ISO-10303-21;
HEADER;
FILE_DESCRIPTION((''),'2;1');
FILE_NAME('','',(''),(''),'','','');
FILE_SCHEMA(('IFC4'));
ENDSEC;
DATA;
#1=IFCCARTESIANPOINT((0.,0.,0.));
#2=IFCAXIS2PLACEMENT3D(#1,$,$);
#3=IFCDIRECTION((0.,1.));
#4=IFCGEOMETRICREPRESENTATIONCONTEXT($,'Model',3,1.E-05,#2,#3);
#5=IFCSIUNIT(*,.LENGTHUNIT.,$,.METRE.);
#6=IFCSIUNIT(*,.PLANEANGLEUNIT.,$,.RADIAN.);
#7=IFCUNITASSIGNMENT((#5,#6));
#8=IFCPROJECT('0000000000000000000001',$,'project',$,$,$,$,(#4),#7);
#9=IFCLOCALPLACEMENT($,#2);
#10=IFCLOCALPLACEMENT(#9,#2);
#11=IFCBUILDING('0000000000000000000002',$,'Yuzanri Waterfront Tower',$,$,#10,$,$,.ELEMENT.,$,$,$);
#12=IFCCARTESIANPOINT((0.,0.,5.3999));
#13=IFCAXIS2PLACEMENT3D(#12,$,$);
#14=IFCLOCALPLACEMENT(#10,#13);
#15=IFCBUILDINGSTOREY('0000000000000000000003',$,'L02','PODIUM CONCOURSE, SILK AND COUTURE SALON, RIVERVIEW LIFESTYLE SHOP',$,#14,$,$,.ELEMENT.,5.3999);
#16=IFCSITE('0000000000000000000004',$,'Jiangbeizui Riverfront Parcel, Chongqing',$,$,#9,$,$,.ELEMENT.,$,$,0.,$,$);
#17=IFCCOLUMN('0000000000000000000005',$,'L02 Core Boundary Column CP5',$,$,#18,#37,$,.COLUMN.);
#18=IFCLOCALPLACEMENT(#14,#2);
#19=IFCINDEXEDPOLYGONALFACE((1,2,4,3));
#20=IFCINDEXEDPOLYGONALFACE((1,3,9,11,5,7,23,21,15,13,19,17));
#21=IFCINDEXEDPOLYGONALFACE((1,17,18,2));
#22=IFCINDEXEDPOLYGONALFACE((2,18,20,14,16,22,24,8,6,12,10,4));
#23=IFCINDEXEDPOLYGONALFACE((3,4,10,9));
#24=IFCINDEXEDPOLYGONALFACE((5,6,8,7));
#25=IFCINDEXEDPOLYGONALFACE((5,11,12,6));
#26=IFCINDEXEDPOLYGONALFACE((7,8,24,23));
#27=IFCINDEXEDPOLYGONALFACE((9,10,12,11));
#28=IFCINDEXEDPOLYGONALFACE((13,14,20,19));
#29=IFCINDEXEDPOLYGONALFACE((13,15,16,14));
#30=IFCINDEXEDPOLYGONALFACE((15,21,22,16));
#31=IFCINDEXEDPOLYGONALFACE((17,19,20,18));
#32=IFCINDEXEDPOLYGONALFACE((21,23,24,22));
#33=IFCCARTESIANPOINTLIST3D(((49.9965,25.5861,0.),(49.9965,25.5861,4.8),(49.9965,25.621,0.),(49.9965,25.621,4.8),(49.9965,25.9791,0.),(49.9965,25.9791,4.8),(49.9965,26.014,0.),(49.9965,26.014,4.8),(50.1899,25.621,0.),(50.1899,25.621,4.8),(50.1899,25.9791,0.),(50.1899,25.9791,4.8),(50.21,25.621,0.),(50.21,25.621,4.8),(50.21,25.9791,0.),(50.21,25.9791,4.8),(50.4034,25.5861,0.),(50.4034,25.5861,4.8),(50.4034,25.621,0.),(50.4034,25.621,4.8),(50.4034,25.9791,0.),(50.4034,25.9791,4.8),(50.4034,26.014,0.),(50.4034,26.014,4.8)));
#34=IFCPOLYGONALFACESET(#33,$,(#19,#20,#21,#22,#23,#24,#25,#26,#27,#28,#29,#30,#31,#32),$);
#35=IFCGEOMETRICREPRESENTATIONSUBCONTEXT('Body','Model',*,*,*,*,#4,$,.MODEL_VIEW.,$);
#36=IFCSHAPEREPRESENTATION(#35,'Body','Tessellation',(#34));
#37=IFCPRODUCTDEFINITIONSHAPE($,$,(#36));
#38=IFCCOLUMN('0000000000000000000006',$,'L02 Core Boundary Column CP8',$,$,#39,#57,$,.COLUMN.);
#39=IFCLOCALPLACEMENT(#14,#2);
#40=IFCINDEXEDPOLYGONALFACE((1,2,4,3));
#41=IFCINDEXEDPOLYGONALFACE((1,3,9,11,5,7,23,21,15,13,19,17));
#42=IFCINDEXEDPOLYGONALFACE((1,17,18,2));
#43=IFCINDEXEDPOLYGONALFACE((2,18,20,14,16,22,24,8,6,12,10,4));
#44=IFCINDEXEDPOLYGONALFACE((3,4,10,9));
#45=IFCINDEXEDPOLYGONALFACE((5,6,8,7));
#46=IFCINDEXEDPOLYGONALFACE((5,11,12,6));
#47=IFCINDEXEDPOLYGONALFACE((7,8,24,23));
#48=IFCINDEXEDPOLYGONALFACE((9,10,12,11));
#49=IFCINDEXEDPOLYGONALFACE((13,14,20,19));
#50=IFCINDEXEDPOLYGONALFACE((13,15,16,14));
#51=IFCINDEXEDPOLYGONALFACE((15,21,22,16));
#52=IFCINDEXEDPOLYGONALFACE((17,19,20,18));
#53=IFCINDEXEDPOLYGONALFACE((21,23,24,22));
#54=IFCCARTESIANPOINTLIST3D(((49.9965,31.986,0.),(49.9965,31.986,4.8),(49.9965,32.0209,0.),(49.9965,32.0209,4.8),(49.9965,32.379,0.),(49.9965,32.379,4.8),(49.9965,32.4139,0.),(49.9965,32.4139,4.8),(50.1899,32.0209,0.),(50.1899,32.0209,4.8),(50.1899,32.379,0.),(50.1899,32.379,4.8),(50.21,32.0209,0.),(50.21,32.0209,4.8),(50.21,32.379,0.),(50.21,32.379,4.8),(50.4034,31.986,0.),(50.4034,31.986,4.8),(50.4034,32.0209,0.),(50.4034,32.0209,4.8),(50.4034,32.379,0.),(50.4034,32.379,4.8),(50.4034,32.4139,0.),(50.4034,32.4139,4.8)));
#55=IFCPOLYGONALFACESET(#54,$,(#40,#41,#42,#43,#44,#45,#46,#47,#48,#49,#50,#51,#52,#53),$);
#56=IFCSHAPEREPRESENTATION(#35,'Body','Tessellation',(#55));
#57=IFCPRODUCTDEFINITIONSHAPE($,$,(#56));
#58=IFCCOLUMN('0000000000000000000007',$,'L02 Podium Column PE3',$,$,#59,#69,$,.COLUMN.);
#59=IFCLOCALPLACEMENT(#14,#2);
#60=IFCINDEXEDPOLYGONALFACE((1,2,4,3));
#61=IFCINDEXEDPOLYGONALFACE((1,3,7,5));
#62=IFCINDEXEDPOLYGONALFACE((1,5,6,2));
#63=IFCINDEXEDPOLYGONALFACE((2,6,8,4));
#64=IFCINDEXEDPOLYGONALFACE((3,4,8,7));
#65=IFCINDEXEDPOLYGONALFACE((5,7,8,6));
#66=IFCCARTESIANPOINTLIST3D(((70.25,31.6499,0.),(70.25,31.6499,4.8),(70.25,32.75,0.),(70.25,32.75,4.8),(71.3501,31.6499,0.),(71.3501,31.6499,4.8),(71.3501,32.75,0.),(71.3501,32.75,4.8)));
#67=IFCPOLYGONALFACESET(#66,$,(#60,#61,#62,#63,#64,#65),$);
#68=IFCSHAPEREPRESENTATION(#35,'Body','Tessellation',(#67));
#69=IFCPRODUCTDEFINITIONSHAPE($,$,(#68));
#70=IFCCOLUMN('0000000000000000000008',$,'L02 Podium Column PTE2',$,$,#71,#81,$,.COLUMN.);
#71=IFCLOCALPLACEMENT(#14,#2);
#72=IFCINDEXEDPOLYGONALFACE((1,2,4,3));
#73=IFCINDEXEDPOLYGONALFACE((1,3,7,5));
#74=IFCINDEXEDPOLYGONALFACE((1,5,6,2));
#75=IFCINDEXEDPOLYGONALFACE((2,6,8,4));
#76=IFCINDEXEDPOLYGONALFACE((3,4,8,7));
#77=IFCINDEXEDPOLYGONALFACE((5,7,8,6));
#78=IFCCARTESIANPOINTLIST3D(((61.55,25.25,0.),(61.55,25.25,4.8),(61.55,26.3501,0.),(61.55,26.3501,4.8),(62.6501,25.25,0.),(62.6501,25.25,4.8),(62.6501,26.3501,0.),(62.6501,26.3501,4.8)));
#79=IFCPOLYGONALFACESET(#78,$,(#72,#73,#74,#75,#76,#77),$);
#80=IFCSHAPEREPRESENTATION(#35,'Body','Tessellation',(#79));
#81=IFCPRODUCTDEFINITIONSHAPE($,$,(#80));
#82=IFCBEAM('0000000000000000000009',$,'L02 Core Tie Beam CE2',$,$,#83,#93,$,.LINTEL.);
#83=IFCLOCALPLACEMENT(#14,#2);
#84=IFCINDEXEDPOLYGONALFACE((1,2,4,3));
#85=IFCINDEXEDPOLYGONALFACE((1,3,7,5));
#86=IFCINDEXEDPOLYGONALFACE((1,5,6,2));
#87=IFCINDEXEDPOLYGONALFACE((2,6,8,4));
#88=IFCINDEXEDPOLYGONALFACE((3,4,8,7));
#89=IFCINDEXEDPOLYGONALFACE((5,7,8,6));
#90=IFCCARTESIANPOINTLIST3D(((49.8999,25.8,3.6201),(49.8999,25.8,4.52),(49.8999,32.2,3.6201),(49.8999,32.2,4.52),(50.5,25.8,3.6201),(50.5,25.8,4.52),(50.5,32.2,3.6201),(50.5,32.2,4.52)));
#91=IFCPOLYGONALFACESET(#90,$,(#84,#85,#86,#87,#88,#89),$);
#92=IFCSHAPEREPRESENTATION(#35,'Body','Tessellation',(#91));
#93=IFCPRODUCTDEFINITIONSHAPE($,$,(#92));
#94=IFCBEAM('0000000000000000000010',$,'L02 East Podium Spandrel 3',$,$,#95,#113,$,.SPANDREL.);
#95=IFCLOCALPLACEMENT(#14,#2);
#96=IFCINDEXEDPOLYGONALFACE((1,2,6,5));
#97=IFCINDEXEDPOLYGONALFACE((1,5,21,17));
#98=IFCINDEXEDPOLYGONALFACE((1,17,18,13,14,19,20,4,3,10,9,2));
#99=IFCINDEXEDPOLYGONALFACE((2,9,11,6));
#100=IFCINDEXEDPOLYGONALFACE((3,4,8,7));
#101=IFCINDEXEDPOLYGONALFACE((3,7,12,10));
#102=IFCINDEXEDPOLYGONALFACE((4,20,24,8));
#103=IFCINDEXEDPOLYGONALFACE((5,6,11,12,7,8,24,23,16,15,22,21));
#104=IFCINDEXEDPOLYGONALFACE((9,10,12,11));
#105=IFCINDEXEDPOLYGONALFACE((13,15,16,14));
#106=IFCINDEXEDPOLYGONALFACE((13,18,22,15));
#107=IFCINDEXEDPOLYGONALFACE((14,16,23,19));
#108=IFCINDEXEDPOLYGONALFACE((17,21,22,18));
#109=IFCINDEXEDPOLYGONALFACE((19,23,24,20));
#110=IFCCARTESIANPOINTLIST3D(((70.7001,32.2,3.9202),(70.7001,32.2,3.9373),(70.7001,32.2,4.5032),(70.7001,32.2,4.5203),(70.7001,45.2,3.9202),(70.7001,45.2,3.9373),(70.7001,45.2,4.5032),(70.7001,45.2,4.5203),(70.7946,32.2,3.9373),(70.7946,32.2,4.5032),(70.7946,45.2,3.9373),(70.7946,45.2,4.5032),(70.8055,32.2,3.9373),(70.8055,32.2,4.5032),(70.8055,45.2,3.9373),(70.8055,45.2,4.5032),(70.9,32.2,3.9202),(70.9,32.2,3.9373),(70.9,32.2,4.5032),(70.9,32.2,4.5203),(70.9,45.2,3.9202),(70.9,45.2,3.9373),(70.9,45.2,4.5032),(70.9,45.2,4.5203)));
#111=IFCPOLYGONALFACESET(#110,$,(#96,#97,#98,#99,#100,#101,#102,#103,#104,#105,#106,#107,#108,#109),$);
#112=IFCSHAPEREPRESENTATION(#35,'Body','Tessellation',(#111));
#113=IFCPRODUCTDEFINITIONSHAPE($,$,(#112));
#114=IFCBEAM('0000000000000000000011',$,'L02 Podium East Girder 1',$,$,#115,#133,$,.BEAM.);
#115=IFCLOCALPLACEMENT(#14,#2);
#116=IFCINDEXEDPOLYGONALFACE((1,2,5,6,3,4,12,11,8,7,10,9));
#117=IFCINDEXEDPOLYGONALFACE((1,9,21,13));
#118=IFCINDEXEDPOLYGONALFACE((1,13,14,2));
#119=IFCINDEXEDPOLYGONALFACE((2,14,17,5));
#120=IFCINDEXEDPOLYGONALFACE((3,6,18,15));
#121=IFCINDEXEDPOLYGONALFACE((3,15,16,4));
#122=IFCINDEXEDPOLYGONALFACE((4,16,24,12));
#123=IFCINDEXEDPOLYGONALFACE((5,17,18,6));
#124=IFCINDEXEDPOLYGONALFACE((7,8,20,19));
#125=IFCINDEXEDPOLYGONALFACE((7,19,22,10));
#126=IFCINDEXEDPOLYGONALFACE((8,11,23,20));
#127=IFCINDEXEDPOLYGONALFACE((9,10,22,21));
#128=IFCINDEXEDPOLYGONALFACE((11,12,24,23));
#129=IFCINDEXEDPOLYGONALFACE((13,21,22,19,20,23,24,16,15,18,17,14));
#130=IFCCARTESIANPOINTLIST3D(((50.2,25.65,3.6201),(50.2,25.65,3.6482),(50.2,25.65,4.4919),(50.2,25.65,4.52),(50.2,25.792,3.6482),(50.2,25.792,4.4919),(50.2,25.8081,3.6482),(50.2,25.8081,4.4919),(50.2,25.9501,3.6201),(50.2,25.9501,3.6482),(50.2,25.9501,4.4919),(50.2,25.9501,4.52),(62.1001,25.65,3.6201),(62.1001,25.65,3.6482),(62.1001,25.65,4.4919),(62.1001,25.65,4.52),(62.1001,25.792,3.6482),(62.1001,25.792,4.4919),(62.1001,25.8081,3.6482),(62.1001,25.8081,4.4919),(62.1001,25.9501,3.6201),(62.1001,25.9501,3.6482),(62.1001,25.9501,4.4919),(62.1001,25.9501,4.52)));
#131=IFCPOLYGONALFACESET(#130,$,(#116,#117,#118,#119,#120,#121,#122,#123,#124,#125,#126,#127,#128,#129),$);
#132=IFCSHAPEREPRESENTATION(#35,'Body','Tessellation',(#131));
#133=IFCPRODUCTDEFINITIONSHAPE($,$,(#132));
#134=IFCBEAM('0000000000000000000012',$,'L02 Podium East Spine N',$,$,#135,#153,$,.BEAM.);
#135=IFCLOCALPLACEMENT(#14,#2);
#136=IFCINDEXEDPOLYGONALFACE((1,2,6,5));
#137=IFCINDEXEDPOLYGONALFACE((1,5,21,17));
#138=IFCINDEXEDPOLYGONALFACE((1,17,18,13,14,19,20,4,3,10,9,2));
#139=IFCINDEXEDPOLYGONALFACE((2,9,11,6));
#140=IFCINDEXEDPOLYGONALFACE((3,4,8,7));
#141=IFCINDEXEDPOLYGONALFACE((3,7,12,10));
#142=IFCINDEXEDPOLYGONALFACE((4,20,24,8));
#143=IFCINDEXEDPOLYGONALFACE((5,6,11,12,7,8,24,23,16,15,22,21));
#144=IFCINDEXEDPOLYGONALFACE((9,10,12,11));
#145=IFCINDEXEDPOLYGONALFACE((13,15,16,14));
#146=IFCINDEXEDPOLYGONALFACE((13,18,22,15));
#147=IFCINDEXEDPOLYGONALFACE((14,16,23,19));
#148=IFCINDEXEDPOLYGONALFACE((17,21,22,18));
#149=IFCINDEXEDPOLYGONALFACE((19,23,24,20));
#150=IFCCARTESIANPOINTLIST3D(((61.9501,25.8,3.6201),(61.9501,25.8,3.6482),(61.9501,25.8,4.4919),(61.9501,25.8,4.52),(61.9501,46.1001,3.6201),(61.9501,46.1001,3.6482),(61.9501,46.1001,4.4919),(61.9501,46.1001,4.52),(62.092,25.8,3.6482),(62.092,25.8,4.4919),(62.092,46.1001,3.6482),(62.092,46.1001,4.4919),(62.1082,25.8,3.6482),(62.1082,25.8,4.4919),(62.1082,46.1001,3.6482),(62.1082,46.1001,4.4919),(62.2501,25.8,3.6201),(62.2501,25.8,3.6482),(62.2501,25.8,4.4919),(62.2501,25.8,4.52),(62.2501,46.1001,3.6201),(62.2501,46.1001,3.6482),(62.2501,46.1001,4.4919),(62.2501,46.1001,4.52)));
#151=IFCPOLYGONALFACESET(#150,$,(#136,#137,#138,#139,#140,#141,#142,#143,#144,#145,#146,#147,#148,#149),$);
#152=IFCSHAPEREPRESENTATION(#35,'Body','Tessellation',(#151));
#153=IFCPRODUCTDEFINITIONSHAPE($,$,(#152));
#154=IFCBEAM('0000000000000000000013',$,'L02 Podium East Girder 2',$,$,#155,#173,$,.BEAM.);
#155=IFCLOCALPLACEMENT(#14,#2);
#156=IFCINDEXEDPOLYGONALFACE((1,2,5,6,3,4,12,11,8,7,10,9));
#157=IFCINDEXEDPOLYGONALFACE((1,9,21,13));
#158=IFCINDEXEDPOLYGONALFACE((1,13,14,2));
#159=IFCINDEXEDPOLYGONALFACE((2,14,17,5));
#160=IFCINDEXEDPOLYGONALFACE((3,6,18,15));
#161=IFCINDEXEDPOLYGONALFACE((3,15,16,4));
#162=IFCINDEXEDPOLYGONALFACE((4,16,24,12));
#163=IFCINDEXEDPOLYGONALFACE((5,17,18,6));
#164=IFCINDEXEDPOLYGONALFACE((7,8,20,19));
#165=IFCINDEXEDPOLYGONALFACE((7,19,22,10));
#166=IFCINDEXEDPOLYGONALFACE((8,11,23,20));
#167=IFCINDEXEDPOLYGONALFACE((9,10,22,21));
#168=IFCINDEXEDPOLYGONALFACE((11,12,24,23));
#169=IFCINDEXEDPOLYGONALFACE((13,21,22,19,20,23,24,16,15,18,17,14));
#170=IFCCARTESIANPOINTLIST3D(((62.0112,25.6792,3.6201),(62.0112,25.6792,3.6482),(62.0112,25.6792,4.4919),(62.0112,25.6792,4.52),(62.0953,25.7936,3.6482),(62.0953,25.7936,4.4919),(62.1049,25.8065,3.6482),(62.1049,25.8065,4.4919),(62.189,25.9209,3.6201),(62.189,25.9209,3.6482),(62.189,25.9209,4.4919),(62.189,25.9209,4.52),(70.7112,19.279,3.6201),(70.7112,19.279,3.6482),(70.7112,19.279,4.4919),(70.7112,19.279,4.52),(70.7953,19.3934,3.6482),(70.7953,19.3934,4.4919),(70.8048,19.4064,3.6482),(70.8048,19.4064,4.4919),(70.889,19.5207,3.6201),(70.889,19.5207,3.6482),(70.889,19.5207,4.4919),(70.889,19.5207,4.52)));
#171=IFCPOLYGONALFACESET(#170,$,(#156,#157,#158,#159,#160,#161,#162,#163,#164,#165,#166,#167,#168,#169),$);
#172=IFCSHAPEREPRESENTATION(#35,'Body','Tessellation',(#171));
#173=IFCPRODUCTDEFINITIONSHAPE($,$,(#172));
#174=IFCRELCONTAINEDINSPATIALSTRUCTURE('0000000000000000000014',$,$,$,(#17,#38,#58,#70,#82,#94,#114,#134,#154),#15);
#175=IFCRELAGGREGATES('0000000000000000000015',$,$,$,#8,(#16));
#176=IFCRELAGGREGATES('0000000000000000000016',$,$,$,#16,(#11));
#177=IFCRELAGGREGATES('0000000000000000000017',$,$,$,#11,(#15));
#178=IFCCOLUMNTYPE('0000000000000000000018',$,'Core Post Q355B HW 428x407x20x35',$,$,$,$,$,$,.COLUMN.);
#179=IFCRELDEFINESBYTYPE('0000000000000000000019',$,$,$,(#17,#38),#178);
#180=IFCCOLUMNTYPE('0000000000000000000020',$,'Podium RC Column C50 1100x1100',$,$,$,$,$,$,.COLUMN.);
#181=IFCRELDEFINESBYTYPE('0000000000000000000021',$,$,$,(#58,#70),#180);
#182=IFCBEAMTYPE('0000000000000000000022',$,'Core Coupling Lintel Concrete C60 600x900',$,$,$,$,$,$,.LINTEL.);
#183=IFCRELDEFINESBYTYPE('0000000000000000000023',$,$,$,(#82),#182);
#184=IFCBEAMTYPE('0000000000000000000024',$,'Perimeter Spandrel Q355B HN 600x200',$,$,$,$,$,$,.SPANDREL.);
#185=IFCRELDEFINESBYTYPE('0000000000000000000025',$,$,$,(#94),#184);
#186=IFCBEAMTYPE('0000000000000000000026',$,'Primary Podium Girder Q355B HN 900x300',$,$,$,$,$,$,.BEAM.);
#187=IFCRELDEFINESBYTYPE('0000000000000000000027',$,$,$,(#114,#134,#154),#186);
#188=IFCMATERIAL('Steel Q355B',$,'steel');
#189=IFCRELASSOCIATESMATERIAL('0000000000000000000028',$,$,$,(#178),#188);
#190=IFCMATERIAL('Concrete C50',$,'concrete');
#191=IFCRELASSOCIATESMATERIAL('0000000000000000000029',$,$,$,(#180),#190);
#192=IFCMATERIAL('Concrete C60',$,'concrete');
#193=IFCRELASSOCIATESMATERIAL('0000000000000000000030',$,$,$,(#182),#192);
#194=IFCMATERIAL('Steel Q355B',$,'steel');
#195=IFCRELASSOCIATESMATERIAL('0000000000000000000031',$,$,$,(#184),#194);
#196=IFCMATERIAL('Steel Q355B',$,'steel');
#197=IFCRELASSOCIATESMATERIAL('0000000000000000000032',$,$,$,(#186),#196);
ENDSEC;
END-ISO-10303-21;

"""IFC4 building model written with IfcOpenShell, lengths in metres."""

from ifc_helpers import new_model, si_unit, direction, frame, origin, origin_2d, place, context, subcontext, project, spatial, rectangle, i_section, extrude, source, transform, mapped, material, material_profile, profile_set, type_object, element, save


model = new_model("IFC4")

# Units and contexts
model_context = context("Model", 3, precision=1e-05, world=origin(), true_north=direction((0.0, 1.0)))
body_context = subcontext(model_context, "Body", "Model", "MODEL_VIEW")
ifc_project = project(units=[si_unit("LENGTHUNIT", "METRE"), si_unit("PLANEANGLEUNIT", "RADIAN")], contexts=[model_context])

# Site, building, storey
site_placement = place(None, origin())
site = spatial("IfcSite", under=ifc_project, at=site_placement, Name="Jiangbeizui Riverfront Parcel, Chongqing", CompositionType="ELEMENT", RefElevation=0.0)
building_placement = place(site_placement, origin())
building = spatial("IfcBuilding", under=site, at=building_placement, Name="Yuzanri Waterfront Tower", CompositionType="ELEMENT")
storey_placement = place(building_placement, frame((0.0, 0.0, 5.3999)))
storey = spatial("IfcBuildingStorey", under=building, at=storey_placement, Name="L02", Description="PODIUM CONCOURSE, SILK AND COUTURE SALON, RIVERVIEW LIFESTYLE SHOP", CompositionType="ELEMENT", Elevation=5.3999)

# Columns
ifc_material_1 = material(Name="Steel Q355B", Category="steel")
ifc_material_profile_1 = material_profile(ifc_material_1, i_section(OverallWidth=0.407, OverallDepth=0.428, WebThickness=0.02, FlangeThickness=0.0349, at=origin_2d()), Name="HW 428x407x20x35")
ifc_profile_set_1 = profile_set([ifc_material_profile_1], Name="Steel Q355B")
column_type_1 = type_object("IfcColumnType", Name="Core Post Q355B HW 428x407x20x35", PredefinedType="COLUMN", material=ifc_profile_set_1)
shared_shape_1 = source(origin(), body_context, "Body", "SweptSolid", [
    extrude(i_section(OverallWidth=0.407, OverallDepth=0.428, WebThickness=0.02, FlangeThickness=0.0349, at=origin_2d()), origin(), (0.0, 0.0, 1.0), 4.8),
])
for number, where, z_axis, x_axis, name in (
    (1, (50.2, 25.8, 0.0), (0.0, 0.0, 1.0), (1.0, 0.0, 0.0), "L02 Core Boundary Column CP5"),
    (2, (50.2, 32.2, 0.0), (0.0, 0.0, 1.0), (1.0, 0.0, 0.0), "L02 Core Boundary Column CP8"),
):
    element("IfcColumn", number, at=place(storey_placement, frame(where, z_axis=z_axis, x_axis=x_axis)), inside=storey, type_object=column_type_1, Name=name, PredefinedType="COLUMN", context=body_context, shape_type="MappedRepresentation", body=[
        mapped(shared_shape_1, transform((0.0, 0.0, 0.0), scale=1.0)),
    ])
ifc_material_2 = material(Name="Concrete C50", Category="concrete")
ifc_material_profile_2 = material_profile(ifc_material_2, rectangle(XDim=1.1001, YDim=1.1001, at=origin_2d()), Name="RC 1100x1100")
ifc_profile_set_2 = profile_set([ifc_material_profile_2], Name="Concrete C50")
column_type_2 = type_object("IfcColumnType", Name="Podium RC Column C50 1100x1100", PredefinedType="COLUMN", material=ifc_profile_set_2)
shared_shape_2 = source(origin(), body_context, "Body", "SweptSolid", [
    extrude(rectangle(XDim=1.1001, YDim=1.1001, at=origin_2d()), origin(), (0.0, 0.0, 1.0), 4.8),
])
for number, where, z_axis, x_axis, name in (
    (3, (70.8, 32.2, 0.0), (0.0, 0.0, 1.0), (1.0, 0.0, 0.0), "L02 Podium Column PE3"),
    (4, (62.1001, 25.8, 0.0), (0.0, 0.0, 1.0), (1.0, 0.0, 0.0), "L02 Podium Column PTE2"),
):
    element("IfcColumn", number, at=place(storey_placement, frame(where, z_axis=z_axis, x_axis=x_axis)), inside=storey, type_object=column_type_2, Name=name, PredefinedType="COLUMN", context=body_context, shape_type="MappedRepresentation", body=[
        mapped(shared_shape_2, transform((0.0, 0.0, 0.0), scale=1.0)),
    ])

# Beams
ifc_material_3 = material(Name="Concrete C60", Category="concrete")
ifc_material_profile_3 = material_profile(ifc_material_3, rectangle(XDim=0.6001, YDim=0.8999, at=origin_2d()), Name="RC 600x900")
ifc_profile_set_3 = profile_set([ifc_material_profile_3], Name="Concrete C60")
beam_type_1 = type_object("IfcBeamType", Name="Core Coupling Lintel Concrete C60 600x900", PredefinedType="LINTEL", material=ifc_profile_set_3)
shared_shape_3 = source(origin(), body_context, "Body", "SweptSolid", [
    extrude(rectangle(XDim=0.6001, YDim=0.8999, at=origin_2d()), origin(), (0.0, 0.0, 1.0), 6.3999),
])
beam_1_placement = place(storey_placement, frame((50.2, 25.8, 4.0701), z_axis=(0.0, 1.0, 0.0), x_axis=(-1.0, 0.0, 0.0)))
element("IfcBeam", 5, at=beam_1_placement, inside=storey, type_object=beam_type_1, Name="L02 Core Tie Beam CE2", PredefinedType="LINTEL", context=body_context, shape_type="MappedRepresentation", body=[
    mapped(shared_shape_3, transform((0.0, 0.0, 0.0), scale=1.0)),
])
ifc_material_4 = material(Name="Steel Q355B", Category="steel")
ifc_material_profile_4 = material_profile(ifc_material_4, i_section(OverallWidth=0.2, OverallDepth=0.6001, WebThickness=0.011, FlangeThickness=0.0171, at=origin_2d()), Name="HN 600x200x11x17")
ifc_profile_set_4 = profile_set([ifc_material_profile_4], Name="Steel Q355B")
beam_type_2 = type_object("IfcBeamType", Name="Perimeter Spandrel Q355B HN 600x200", PredefinedType="SPANDREL", material=ifc_profile_set_4)
shared_shape_4 = source(origin(), body_context, "Body", "SweptSolid", [
    extrude(i_section(OverallWidth=0.2, OverallDepth=0.6001, WebThickness=0.011, FlangeThickness=0.0171, at=origin_2d()), origin(), (0.0, 0.0, 1.0), 13.0),
])
beam_2_placement = place(storey_placement, frame((70.8, 32.2, 4.2202), z_axis=(0.0, 1.0, 0.0), x_axis=(-1.0, 0.0, 0.0)))
element("IfcBeam", 6, at=beam_2_placement, inside=storey, type_object=beam_type_2, Name="L02 East Podium Spandrel 3", PredefinedType="SPANDREL", context=body_context, shape_type="MappedRepresentation", body=[
    mapped(shared_shape_4, transform((0.0, 0.0, 0.0), scale=1.0)),
])
ifc_material_5 = material(Name="Steel Q355B", Category="steel")
ifc_material_profile_5 = material_profile(ifc_material_5, i_section(OverallWidth=0.3, OverallDepth=0.8999, WebThickness=0.0161, FlangeThickness=0.0281, at=origin_2d()), Name="HN 900x300x16x28")
ifc_profile_set_5 = profile_set([ifc_material_profile_5], Name="Steel Q355B")
beam_type_3 = type_object("IfcBeamType", Name="Primary Podium Girder Q355B HN 900x300", PredefinedType="BEAM", material=ifc_profile_set_5)
shared_shape_5 = source(origin(), body_context, "Body", "SweptSolid", [
    extrude(i_section(OverallWidth=0.3, OverallDepth=0.8999, WebThickness=0.0161, FlangeThickness=0.0281, at=origin_2d()), origin(), (0.0, 0.0, 1.0), 11.9001),
])
beam_3_placement = place(storey_placement, frame((50.2, 25.8, 4.0701), z_axis=(1.0, 0.0, 0.0), x_axis=(0.0, 1.0, 0.0)))
element("IfcBeam", 7, at=beam_3_placement, inside=storey, type_object=beam_type_3, Name="L02 Podium East Girder 1", PredefinedType="BEAM", context=body_context, shape_type="MappedRepresentation", body=[
    mapped(shared_shape_5, transform((0.0, 0.0, 0.0), scale=1.0)),
])
shared_shape_6 = source(origin(), body_context, "Body", "SweptSolid", [
    extrude(i_section(OverallWidth=0.3, OverallDepth=0.8999, WebThickness=0.0161, FlangeThickness=0.0281, at=origin_2d()), origin(), (0.0, 0.0, 1.0), 20.3),
])
beam_4_placement = place(storey_placement, frame((62.1001, 25.8, 4.0701), z_axis=(0.0, 1.0, 0.0), x_axis=(-1.0, 0.0, 0.0)))
element("IfcBeam", 8, at=beam_4_placement, inside=storey, type_object=beam_type_3, Name="L02 Podium East Spine N", PredefinedType="BEAM", context=body_context, shape_type="MappedRepresentation", body=[
    mapped(shared_shape_6, transform((0.0, 0.0, 0.0), scale=1.0)),
])
shared_shape_7 = source(origin(), body_context, "Body", "SweptSolid", [
    extrude(i_section(OverallWidth=0.3, OverallDepth=0.8999, WebThickness=0.0161, FlangeThickness=0.0281, at=origin_2d()), origin(), (0.0, 0.0, 1.0), 10.8005),
])
beam_5_placement = place(storey_placement, frame((62.1001, 25.8, 4.0701), z_axis=(0.805513, -0.592578, 0.0), x_axis=(0.592578, 0.805513, 0.0)))
element("IfcBeam", 9, at=beam_5_placement, inside=storey, type_object=beam_type_3, Name="L02 Podium East Girder 2", PredefinedType="BEAM", context=body_context, shape_type="MappedRepresentation", body=[
    mapped(shared_shape_7, transform((0.0, 0.0, 0.0), scale=1.0)),
])

save(model, "model.ifc")
